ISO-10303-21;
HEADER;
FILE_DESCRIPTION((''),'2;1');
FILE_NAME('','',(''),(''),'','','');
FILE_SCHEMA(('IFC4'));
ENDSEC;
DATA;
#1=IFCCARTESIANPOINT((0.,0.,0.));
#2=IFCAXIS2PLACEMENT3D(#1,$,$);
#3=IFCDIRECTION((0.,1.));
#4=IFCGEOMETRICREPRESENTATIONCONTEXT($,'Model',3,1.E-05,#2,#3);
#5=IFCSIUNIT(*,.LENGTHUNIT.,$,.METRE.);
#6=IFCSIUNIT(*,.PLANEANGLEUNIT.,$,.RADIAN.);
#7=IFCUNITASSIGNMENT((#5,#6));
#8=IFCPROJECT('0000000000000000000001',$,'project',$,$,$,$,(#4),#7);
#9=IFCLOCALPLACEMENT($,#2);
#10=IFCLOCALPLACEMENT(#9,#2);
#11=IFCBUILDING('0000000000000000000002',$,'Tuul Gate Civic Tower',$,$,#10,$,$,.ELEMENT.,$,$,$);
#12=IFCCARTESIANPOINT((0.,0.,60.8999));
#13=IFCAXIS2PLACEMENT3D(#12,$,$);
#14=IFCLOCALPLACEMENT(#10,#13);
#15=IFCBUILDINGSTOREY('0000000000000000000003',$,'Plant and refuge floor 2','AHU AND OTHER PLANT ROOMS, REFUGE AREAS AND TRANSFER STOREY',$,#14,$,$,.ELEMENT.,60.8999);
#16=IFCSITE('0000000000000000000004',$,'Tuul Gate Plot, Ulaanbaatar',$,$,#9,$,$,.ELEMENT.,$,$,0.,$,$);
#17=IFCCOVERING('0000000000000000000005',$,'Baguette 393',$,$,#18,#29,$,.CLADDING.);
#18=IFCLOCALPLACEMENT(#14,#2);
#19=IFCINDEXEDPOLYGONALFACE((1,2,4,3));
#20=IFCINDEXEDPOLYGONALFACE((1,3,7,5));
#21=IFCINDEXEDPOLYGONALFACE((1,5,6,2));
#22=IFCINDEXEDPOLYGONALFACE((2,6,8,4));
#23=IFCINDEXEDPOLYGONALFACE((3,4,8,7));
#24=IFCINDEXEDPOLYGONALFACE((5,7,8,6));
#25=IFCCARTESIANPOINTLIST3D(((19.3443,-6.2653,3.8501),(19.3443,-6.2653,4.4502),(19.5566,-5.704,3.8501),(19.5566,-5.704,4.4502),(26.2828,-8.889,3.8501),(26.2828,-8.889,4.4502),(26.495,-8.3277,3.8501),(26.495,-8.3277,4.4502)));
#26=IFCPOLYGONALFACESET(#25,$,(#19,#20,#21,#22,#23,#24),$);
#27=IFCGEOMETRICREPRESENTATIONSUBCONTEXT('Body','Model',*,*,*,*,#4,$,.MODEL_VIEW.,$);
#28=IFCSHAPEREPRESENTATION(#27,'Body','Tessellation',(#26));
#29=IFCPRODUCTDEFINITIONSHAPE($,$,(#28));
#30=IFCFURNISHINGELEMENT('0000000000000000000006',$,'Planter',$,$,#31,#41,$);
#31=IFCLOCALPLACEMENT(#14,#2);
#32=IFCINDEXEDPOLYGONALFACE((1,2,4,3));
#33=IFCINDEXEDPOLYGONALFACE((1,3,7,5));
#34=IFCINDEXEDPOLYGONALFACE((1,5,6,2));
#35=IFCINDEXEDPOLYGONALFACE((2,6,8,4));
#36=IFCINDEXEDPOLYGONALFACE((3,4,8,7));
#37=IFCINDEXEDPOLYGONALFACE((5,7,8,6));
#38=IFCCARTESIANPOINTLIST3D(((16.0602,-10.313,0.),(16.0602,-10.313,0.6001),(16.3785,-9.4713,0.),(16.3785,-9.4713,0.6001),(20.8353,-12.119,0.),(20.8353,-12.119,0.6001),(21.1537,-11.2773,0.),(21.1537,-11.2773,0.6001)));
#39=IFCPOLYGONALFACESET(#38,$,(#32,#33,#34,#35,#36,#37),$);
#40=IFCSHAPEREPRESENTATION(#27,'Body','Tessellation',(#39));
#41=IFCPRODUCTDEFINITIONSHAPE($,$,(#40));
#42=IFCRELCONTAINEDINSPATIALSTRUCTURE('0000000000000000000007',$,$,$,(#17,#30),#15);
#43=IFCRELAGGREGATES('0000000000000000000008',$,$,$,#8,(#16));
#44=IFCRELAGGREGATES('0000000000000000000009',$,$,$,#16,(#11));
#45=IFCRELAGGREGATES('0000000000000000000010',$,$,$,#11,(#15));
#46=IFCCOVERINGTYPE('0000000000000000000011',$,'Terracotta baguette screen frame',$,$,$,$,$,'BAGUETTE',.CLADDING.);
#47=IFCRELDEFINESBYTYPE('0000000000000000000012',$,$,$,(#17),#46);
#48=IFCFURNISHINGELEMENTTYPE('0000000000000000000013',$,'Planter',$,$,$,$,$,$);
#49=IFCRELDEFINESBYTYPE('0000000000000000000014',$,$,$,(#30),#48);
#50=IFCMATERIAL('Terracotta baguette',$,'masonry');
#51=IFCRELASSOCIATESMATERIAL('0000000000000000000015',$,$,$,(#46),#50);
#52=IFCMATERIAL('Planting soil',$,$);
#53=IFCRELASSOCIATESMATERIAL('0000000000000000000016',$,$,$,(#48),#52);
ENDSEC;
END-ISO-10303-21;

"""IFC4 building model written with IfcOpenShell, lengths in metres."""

from ifc_helpers import new_model, si_unit, direction, frame, origin, origin_2d, place, context, subcontext, project, spatial, rectangle, extrude, material, material_profile, profile_set, type_object, element, save


model = new_model("IFC4")

# Units and contexts
model_context = context("Model", 3, precision=1e-05, world=origin(), true_north=direction((0.0, 1.0)))
body_context = subcontext(model_context, "Body", "Model", "MODEL_VIEW")
ifc_project = project(units=[si_unit("LENGTHUNIT", "METRE"), si_unit("PLANEANGLEUNIT", "RADIAN")], contexts=[model_context])

# Site, building, storey
site_placement = place(None, origin())
site = spatial("IfcSite", under=ifc_project, at=site_placement, Name="Tuul Gate Plot, Ulaanbaatar", CompositionType="ELEMENT", RefElevation=0.0)
building_placement = place(site_placement, origin())
building = spatial("IfcBuilding", under=site, at=building_placement, Name="Tuul Gate Civic Tower", CompositionType="ELEMENT")
storey_placement = place(building_placement, frame((0.0, 0.0, 60.8999)))
storey = spatial("IfcBuildingStorey", under=building, at=storey_placement, Name="Plant and refuge floor 2", Description="AHU AND OTHER PLANT ROOMS, REFUGE AREAS AND TRANSFER STOREY", CompositionType="ELEMENT", Elevation=60.8999)

# Covering
ifc_material_1 = material(Name="Terracotta baguette", Category="masonry")
ifc_material_profile_1 = material_profile(ifc_material_1, rectangle(XDim=0.6001, YDim=0.6001, at=origin_2d()), Name="Terracotta baguette screen frame")
ifc_profile_set_1 = profile_set([ifc_material_profile_1], Name="Terracotta baguette")
covering_type = type_object("IfcCoveringType", Name="Terracotta baguette screen frame", ElementType="BAGUETTE", PredefinedType="CLADDING", material=ifc_profile_set_1)
covering_1_placement = place(storey_placement, frame((19.4504, -5.9846, 4.1501), z_axis=(0.935357, -0.353705, 0.0), x_axis=(0.353705, 0.935357, 0.0)))
element("IfcCovering", 1, at=covering_1_placement, inside=storey, type_object=covering_type, Name="Baguette 393", PredefinedType="CLADDING", context=body_context, shape_type="SweptSolid", body=[
    extrude(rectangle(XDim=0.6001, YDim=0.6001, at=origin_2d()), origin(), (0.0, 0.0, 1.0), 7.418),
])

# Furnishing element
ifc_material_2 = material(Name="Planting soil")
furnishing_element_type = type_object("IfcFurnishingElementType", Name="Planter", material=ifc_material_2)
furnishing_placement = place(storey_placement, frame((18.6069, -10.7952, 0.0), z_axis=(0.0, 0.0, 1.0), x_axis=(0.93534, -0.35375, 0.0)))
element("IfcFurnishingElement", 2, at=furnishing_placement, inside=storey, type_object=furnishing_element_type, Name="Planter", context=body_context, shape_type="SweptSolid", body=[
    extrude(rectangle(XDim=5.1052, YDim=0.8999, at=origin_2d()), origin(), (0.0, 0.0, 1.0), 0.6001),
])

save(model, "model.ifc")
